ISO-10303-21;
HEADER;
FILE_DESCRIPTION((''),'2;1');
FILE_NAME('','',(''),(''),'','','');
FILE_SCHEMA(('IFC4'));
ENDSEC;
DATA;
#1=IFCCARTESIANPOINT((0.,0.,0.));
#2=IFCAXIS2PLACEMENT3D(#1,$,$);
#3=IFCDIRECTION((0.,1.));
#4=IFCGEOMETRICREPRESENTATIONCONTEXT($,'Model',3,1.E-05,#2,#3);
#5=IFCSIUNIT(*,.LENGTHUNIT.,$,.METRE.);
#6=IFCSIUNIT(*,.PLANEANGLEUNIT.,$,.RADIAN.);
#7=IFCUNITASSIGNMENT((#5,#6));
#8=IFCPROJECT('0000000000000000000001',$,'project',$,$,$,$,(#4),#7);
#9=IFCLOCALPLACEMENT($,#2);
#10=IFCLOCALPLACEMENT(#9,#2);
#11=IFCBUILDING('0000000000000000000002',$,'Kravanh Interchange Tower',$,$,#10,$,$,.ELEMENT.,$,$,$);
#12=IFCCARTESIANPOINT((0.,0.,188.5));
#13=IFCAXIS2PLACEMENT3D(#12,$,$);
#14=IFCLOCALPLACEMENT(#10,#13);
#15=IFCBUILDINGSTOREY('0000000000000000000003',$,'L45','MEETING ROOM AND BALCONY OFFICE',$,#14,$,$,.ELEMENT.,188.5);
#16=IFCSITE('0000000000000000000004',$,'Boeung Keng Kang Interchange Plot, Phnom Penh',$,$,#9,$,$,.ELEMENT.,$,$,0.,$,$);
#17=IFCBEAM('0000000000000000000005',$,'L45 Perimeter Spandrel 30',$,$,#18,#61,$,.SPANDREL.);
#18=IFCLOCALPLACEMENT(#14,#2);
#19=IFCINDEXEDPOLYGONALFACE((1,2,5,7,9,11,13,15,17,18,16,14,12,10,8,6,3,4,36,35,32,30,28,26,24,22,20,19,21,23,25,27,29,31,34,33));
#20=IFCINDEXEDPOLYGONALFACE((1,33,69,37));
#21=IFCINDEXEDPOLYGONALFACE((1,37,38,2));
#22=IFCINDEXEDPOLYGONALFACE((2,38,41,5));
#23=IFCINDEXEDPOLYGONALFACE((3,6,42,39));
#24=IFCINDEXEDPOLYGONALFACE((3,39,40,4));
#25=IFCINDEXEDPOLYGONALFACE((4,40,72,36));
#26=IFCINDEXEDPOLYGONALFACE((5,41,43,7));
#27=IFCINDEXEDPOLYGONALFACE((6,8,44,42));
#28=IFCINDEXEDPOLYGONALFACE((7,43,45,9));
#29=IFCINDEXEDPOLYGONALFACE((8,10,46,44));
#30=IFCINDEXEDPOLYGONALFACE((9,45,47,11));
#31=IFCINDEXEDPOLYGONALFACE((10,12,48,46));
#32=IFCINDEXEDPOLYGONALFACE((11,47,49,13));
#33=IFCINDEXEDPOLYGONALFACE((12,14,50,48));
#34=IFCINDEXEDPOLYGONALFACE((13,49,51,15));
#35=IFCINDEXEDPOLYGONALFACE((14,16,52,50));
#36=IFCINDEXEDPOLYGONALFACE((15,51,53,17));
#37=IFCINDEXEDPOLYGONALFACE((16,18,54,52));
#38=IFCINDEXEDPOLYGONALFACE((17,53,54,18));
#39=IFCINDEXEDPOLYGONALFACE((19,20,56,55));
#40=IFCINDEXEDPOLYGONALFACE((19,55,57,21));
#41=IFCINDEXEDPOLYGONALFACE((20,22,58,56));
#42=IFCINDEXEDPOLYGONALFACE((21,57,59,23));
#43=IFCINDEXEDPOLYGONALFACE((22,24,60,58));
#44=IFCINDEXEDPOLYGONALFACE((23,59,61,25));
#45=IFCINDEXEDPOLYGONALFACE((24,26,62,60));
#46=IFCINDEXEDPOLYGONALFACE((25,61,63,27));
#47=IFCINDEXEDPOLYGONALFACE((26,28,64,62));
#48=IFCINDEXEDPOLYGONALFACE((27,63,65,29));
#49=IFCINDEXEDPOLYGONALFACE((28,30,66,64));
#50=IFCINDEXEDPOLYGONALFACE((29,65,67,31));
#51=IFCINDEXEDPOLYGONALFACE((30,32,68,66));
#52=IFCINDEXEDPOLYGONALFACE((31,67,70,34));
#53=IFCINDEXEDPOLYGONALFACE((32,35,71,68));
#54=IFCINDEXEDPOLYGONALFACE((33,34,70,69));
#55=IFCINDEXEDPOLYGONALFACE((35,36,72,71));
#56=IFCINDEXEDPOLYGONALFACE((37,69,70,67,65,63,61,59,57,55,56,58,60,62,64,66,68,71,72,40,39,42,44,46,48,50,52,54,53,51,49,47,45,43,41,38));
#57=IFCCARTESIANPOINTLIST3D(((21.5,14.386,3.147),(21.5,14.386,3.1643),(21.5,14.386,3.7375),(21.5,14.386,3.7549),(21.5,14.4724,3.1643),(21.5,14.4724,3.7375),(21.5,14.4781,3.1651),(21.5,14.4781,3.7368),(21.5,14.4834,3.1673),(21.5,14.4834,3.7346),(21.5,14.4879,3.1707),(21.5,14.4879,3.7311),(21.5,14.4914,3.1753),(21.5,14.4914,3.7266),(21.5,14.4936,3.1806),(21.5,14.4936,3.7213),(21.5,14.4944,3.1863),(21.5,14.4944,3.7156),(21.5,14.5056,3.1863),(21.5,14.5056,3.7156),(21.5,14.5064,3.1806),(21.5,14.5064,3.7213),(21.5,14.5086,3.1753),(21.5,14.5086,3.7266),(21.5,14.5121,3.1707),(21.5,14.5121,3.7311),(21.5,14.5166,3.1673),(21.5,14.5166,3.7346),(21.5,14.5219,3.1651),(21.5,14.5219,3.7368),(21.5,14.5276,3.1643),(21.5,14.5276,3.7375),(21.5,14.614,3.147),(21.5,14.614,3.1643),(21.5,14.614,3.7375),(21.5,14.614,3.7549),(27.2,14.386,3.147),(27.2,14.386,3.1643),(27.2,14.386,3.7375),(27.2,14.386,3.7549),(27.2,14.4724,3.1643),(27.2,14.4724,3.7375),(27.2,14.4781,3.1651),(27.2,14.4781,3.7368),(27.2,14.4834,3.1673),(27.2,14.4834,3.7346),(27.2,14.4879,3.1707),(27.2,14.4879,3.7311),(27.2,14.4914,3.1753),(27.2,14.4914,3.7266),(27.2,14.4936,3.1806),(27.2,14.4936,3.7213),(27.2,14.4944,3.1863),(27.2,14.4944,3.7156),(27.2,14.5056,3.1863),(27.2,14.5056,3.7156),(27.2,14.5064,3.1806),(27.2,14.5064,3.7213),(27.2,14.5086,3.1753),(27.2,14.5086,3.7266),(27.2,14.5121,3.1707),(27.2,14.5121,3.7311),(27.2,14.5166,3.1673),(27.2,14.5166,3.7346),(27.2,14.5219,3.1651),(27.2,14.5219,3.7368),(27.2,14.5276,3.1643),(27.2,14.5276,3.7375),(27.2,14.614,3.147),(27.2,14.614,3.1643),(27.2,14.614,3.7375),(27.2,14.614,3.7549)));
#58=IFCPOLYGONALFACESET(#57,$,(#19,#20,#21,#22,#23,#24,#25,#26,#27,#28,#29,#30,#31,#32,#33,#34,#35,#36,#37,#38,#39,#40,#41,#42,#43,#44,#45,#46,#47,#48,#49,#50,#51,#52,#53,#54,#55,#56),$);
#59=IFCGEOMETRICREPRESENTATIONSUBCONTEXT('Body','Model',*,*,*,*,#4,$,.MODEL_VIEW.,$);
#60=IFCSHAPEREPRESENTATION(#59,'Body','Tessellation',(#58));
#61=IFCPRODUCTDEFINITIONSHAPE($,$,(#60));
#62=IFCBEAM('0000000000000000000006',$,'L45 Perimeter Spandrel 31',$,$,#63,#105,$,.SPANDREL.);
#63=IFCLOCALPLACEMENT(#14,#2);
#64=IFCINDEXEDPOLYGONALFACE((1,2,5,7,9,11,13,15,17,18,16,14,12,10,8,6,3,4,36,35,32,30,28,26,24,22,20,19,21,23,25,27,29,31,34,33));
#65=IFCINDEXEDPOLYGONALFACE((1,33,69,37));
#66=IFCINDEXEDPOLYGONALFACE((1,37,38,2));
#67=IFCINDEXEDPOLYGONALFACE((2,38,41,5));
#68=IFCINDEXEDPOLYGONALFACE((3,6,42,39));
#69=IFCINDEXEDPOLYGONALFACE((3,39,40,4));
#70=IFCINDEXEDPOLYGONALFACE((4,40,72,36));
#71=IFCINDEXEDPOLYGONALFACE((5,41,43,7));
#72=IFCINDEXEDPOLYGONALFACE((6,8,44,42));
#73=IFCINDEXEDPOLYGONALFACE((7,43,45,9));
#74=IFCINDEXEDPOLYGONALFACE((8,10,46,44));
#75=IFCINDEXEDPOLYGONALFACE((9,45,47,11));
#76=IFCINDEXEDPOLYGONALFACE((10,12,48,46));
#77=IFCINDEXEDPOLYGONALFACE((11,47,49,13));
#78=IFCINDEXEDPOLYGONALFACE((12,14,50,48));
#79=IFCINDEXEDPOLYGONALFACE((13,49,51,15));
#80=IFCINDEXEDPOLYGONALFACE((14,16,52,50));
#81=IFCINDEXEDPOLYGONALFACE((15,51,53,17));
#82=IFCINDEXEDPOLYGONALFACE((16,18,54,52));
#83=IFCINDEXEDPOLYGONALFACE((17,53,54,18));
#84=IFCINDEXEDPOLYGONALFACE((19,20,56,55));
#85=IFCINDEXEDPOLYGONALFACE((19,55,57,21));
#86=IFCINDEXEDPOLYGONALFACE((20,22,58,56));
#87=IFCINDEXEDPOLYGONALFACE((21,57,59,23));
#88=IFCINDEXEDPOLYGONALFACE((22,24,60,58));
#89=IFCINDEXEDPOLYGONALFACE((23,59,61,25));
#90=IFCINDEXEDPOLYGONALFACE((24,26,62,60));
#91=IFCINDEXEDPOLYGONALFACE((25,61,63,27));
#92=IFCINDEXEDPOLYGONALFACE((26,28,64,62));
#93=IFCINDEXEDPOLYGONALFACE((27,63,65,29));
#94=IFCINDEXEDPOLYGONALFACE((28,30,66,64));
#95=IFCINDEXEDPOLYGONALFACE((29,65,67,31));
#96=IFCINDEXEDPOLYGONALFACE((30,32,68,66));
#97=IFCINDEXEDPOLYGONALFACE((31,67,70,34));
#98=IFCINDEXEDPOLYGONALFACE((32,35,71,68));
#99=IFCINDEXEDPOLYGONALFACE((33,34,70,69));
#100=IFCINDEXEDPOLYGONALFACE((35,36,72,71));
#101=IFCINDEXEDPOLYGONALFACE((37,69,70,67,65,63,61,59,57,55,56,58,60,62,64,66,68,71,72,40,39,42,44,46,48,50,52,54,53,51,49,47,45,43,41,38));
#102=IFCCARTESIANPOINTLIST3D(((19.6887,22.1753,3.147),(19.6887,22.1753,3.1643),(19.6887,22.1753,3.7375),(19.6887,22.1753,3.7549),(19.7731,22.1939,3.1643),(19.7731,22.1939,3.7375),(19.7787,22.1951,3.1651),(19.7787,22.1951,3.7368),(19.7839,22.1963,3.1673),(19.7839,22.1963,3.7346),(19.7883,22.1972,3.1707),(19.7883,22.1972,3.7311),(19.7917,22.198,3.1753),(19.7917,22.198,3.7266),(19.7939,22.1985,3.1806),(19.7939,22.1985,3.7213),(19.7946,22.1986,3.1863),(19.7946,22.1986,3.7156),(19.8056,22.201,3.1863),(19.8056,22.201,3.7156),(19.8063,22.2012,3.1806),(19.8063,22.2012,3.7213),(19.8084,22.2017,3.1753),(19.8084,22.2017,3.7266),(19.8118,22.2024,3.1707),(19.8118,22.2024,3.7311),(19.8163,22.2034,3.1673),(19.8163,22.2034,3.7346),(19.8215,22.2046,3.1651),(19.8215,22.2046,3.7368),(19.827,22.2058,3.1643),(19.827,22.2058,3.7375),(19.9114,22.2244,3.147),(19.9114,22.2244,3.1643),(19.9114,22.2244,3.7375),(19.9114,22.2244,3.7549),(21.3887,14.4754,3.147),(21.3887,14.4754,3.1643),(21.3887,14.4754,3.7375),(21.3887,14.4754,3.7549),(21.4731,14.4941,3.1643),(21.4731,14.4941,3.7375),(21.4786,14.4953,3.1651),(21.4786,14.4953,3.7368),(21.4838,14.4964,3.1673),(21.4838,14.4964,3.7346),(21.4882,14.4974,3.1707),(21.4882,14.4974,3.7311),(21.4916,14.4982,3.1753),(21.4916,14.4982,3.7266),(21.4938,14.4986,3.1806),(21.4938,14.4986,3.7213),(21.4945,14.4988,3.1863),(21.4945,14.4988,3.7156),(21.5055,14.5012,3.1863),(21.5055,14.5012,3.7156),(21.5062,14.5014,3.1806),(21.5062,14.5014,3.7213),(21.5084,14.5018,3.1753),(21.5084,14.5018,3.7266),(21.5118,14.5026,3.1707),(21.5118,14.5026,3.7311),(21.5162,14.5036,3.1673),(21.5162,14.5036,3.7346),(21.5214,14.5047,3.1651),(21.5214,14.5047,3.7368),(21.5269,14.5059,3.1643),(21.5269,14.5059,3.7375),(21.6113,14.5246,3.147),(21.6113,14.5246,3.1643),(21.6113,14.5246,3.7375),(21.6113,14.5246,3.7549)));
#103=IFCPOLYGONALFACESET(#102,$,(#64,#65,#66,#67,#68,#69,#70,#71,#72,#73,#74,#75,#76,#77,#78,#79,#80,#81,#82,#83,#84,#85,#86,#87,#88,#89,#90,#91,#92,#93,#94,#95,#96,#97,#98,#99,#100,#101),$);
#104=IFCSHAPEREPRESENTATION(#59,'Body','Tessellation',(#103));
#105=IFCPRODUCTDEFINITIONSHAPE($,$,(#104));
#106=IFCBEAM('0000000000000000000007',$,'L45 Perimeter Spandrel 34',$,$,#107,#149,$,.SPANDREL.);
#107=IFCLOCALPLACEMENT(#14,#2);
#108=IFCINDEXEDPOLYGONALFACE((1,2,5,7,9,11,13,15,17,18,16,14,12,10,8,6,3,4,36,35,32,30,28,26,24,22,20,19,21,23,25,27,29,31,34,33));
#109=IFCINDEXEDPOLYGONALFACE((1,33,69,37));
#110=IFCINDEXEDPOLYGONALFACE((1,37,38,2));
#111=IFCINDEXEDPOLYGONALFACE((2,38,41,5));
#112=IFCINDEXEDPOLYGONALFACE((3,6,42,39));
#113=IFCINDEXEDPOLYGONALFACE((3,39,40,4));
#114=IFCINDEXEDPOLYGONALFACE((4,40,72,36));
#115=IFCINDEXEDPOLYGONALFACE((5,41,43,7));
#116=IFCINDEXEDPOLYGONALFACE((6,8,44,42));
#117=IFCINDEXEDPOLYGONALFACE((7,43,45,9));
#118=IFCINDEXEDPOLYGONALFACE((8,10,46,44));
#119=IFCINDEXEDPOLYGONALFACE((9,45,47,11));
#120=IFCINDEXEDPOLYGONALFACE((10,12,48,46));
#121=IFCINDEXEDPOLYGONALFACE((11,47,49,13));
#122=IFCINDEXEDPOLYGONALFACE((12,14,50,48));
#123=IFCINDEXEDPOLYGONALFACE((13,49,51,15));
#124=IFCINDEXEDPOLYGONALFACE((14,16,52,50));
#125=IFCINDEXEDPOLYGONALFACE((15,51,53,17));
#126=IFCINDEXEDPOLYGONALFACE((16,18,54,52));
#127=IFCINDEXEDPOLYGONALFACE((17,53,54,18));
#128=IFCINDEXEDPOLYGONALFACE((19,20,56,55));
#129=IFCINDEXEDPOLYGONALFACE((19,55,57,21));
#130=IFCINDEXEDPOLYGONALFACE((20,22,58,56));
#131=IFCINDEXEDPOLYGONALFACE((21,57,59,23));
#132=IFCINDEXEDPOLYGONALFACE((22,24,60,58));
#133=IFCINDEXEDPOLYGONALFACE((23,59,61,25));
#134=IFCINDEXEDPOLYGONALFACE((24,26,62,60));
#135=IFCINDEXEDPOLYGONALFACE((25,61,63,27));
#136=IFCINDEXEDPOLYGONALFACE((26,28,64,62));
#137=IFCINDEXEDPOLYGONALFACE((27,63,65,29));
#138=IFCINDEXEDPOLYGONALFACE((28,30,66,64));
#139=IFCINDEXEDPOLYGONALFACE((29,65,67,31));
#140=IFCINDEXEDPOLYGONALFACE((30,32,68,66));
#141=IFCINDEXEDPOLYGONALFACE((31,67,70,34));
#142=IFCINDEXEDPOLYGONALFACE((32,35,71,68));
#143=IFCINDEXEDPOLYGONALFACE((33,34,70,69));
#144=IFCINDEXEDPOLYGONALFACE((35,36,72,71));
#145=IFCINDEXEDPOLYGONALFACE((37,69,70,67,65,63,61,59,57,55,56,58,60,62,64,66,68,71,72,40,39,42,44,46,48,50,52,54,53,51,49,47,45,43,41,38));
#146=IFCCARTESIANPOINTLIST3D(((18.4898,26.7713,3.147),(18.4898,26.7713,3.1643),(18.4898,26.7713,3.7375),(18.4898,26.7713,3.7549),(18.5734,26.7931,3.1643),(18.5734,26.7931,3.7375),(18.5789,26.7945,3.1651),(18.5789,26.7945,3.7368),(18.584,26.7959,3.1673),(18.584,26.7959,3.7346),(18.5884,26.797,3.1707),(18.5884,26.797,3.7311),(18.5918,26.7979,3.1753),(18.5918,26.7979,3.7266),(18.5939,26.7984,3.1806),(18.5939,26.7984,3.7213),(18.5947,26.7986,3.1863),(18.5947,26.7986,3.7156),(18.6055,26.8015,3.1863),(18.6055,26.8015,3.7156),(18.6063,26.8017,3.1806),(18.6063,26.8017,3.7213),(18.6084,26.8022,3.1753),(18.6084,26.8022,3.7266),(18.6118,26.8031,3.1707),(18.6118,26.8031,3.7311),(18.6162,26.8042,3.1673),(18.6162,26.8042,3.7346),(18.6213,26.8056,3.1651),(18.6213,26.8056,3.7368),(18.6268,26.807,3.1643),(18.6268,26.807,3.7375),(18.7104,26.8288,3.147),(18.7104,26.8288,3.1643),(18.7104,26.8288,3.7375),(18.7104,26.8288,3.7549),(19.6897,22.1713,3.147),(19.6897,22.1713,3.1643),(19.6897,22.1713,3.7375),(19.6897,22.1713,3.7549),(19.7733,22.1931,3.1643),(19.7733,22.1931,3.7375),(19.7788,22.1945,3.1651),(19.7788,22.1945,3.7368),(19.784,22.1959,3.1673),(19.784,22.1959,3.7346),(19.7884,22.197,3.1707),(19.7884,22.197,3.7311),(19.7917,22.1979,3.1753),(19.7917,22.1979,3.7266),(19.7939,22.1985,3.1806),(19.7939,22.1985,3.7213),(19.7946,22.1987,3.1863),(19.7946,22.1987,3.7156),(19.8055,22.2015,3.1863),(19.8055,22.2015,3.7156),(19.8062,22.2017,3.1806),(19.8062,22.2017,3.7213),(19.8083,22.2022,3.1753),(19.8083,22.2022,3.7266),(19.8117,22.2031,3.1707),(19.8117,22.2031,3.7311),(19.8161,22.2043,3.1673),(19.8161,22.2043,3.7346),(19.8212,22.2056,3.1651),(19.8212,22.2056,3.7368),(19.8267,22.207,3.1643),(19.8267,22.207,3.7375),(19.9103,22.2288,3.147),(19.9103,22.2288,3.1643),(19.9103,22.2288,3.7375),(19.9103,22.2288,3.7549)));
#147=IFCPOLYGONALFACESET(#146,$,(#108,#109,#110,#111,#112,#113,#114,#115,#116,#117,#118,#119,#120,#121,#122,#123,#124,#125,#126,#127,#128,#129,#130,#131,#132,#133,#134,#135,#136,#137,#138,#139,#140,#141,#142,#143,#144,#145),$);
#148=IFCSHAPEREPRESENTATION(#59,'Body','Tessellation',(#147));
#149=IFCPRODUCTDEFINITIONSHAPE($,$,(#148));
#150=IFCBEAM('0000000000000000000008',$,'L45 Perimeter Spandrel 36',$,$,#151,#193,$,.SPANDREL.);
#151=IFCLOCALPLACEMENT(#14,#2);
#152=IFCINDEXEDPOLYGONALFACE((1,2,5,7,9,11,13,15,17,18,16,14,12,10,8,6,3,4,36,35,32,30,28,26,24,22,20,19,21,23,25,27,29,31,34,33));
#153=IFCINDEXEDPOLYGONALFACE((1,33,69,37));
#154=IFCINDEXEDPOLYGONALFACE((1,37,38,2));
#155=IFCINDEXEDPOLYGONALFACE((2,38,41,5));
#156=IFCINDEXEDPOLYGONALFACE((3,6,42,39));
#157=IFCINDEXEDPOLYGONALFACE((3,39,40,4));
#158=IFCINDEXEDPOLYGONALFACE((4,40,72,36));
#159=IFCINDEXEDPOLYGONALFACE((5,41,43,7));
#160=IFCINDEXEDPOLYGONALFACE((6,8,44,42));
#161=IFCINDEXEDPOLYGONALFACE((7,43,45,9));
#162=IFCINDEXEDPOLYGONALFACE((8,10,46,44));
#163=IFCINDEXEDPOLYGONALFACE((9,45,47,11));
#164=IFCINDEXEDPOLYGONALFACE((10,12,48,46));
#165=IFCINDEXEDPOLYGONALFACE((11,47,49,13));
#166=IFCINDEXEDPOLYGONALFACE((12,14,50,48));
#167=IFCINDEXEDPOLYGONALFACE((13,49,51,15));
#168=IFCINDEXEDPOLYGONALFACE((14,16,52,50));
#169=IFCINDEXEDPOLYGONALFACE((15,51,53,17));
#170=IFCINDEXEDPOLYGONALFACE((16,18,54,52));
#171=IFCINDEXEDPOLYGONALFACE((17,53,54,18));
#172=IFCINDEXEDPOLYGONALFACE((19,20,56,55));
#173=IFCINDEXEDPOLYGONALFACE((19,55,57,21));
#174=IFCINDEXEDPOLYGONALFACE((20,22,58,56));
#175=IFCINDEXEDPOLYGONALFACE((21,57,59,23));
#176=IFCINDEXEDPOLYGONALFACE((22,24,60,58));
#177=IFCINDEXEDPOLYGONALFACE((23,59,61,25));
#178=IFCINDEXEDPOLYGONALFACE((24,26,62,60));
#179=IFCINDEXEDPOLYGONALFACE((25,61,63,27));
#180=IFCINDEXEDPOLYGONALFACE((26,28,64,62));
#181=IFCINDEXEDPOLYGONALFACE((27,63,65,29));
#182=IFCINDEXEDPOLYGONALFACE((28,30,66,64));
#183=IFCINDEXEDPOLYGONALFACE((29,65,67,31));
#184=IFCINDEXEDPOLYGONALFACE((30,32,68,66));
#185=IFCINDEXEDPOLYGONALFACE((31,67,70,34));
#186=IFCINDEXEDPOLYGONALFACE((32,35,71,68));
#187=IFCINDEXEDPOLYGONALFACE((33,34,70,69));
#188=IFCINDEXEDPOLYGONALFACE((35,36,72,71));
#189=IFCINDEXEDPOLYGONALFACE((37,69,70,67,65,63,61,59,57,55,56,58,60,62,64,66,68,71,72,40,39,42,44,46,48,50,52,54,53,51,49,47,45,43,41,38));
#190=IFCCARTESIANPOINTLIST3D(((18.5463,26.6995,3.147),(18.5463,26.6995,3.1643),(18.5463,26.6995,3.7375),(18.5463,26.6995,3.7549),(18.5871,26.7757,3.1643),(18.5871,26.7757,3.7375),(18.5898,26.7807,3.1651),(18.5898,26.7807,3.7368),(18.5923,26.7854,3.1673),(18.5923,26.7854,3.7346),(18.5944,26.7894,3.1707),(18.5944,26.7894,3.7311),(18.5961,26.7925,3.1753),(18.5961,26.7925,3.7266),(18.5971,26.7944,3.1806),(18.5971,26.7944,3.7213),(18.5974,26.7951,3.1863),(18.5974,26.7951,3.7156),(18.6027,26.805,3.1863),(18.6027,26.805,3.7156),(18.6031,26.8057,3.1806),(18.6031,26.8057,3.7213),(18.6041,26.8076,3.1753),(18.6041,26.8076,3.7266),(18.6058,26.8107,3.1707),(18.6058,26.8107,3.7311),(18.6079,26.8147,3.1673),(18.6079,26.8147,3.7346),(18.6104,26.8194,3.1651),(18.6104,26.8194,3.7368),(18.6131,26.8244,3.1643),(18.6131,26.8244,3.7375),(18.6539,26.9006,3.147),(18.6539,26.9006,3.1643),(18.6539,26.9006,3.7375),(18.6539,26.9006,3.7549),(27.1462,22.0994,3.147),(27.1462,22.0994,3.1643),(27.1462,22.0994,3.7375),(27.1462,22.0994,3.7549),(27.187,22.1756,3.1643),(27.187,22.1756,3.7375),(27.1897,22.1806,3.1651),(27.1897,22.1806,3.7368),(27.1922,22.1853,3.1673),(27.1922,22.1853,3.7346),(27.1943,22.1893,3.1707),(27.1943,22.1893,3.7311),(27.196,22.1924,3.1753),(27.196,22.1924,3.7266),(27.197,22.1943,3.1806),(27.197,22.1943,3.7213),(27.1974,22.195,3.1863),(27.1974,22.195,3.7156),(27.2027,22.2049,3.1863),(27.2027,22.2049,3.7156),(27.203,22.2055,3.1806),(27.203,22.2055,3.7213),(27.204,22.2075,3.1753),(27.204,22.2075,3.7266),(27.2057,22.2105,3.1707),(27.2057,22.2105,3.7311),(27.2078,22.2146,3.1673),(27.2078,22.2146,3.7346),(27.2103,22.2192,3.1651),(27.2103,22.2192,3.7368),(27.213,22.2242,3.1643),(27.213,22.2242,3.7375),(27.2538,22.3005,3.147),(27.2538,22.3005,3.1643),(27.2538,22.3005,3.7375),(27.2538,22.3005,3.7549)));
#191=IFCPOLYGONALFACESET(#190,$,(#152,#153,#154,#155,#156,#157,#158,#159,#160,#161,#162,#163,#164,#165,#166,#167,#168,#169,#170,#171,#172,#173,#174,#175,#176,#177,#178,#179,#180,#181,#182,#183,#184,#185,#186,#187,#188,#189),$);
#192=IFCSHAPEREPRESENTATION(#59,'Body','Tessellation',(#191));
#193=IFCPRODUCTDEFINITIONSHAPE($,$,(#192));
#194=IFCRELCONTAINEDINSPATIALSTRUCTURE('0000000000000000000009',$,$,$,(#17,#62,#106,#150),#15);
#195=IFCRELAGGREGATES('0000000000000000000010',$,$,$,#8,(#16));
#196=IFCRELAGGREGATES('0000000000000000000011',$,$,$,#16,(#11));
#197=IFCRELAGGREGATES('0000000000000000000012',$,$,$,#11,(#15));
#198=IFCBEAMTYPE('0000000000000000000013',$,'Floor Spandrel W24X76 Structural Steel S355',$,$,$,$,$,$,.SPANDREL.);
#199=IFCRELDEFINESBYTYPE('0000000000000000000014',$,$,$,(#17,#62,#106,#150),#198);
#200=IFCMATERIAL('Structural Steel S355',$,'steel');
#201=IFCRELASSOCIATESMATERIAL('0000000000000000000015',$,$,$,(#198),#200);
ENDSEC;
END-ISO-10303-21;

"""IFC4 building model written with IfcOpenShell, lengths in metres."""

from ifc_helpers import new_model, si_unit, direction, frame, origin, origin_2d, place, context, subcontext, project, spatial, i_section, extrude, material, material_profile, profile_set, type_object, element, save


model = new_model("IFC4")

# Units and contexts
model_context = context("Model", 3, precision=1e-05, world=origin(), true_north=direction((0.0, 1.0)))
body_context = subcontext(model_context, "Body", "Model", "MODEL_VIEW")
ifc_project = project(units=[si_unit("LENGTHUNIT", "METRE"), si_unit("PLANEANGLEUNIT", "RADIAN")], contexts=[model_context])

# Site, building, storey
site_placement = place(None, origin())
site = spatial("IfcSite", under=ifc_project, at=site_placement, Name="Boeung Keng Kang Interchange Plot, Phnom Penh", CompositionType="ELEMENT", RefElevation=0.0)
building_placement = place(site_placement, origin())
building = spatial("IfcBuilding", under=site, at=building_placement, Name="Kravanh Interchange Tower", CompositionType="ELEMENT")
storey_placement = place(building_placement, frame((0.0, 0.0, 188.5)))
storey = spatial("IfcBuildingStorey", under=building, at=storey_placement, Name="L45", Description="MEETING ROOM AND BALCONY OFFICE", CompositionType="ELEMENT", Elevation=188.5)

# Beams
ifc_material_1 = material(Name="Structural Steel S355", Category="steel")
ifc_material_profile_1 = material_profile(ifc_material_1, i_section(OverallWidth=0.228, OverallDepth=0.6079, WebThickness=0.0112, FlangeThickness=0.0173, FilletRadius=0.022, at=origin_2d()), Name="W24X76")
ifc_profile_set_1 = profile_set([ifc_material_profile_1], Name="Structural Steel S355")
beam_type_1 = type_object("IfcBeamType", Name="Floor Spandrel W24X76 Structural Steel S355", PredefinedType="SPANDREL", material=ifc_profile_set_1)
beam_1_placement = place(storey_placement, frame((21.5, 14.5, 3.4509), z_axis=(1.0, 0.0, 0.0), x_axis=(0.0, 1.0, 0.0)))
element("IfcBeam", 1, at=beam_1_placement, inside=storey, type_object=beam_type_1, Name="L45 Perimeter Spandrel 30", PredefinedType="SPANDREL", context=body_context, shape_type="SweptSolid", body=[
    extrude(i_section(OverallWidth=0.228, OverallDepth=0.6079, WebThickness=0.0112, FlangeThickness=0.0173, FilletRadius=0.022, at=origin_2d()), origin(), (0.0, 0.0, 1.0), 5.7),
])
beam_2_placement = place(storey_placement, frame((21.5, 14.5, 3.4509), z_axis=(-0.215583, 0.976486, 0.0), x_axis=(-0.976486, -0.215583, 0.0)))
element("IfcBeam", 2, at=beam_2_placement, inside=storey, type_object=beam_type_1, Name="L45 Perimeter Spandrel 31", PredefinedType="SPANDREL", context=body_context, shape_type="SweptSolid", body=[
    extrude(i_section(OverallWidth=0.228, OverallDepth=0.6079, WebThickness=0.0112, FlangeThickness=0.0173, FilletRadius=0.022, at=origin_2d()), origin(), (0.0, 0.0, 1.0), 7.8853),
])
beam_3_placement = place(storey_placement, frame((18.6001, 26.8, 3.4509), z_axis=(0.252407, -0.967621, 0.0), x_axis=(0.967621, 0.252407, 0.0)))
element("IfcBeam", 3, at=beam_3_placement, inside=storey, type_object=beam_type_1, Name="L45 Perimeter Spandrel 34", PredefinedType="SPANDREL", context=body_context, shape_type="SweptSolid", body=[
    extrude(i_section(OverallWidth=0.228, OverallDepth=0.6079, WebThickness=0.0112, FlangeThickness=0.0173, FilletRadius=0.022, at=origin_2d()), origin(), (0.0, 0.0, 1.0), 4.7539),
])
beam_4_placement = place(storey_placement, frame((18.6001, 26.8, 3.4509), z_axis=(0.881777, -0.471666, 0.0), x_axis=(0.471666, 0.881777, 0.0)))
element("IfcBeam", 4, at=beam_4_placement, inside=storey, type_object=beam_type_1, Name="L45 Perimeter Spandrel 36", PredefinedType="SPANDREL", context=body_context, shape_type="SweptSolid", body=[
    extrude(i_section(OverallWidth=0.228, OverallDepth=0.6079, WebThickness=0.0112, FlangeThickness=0.0173, FilletRadius=0.022, at=origin_2d()), origin(), (0.0, 0.0, 1.0), 9.7529),
])

save(model, "model.ifc")
